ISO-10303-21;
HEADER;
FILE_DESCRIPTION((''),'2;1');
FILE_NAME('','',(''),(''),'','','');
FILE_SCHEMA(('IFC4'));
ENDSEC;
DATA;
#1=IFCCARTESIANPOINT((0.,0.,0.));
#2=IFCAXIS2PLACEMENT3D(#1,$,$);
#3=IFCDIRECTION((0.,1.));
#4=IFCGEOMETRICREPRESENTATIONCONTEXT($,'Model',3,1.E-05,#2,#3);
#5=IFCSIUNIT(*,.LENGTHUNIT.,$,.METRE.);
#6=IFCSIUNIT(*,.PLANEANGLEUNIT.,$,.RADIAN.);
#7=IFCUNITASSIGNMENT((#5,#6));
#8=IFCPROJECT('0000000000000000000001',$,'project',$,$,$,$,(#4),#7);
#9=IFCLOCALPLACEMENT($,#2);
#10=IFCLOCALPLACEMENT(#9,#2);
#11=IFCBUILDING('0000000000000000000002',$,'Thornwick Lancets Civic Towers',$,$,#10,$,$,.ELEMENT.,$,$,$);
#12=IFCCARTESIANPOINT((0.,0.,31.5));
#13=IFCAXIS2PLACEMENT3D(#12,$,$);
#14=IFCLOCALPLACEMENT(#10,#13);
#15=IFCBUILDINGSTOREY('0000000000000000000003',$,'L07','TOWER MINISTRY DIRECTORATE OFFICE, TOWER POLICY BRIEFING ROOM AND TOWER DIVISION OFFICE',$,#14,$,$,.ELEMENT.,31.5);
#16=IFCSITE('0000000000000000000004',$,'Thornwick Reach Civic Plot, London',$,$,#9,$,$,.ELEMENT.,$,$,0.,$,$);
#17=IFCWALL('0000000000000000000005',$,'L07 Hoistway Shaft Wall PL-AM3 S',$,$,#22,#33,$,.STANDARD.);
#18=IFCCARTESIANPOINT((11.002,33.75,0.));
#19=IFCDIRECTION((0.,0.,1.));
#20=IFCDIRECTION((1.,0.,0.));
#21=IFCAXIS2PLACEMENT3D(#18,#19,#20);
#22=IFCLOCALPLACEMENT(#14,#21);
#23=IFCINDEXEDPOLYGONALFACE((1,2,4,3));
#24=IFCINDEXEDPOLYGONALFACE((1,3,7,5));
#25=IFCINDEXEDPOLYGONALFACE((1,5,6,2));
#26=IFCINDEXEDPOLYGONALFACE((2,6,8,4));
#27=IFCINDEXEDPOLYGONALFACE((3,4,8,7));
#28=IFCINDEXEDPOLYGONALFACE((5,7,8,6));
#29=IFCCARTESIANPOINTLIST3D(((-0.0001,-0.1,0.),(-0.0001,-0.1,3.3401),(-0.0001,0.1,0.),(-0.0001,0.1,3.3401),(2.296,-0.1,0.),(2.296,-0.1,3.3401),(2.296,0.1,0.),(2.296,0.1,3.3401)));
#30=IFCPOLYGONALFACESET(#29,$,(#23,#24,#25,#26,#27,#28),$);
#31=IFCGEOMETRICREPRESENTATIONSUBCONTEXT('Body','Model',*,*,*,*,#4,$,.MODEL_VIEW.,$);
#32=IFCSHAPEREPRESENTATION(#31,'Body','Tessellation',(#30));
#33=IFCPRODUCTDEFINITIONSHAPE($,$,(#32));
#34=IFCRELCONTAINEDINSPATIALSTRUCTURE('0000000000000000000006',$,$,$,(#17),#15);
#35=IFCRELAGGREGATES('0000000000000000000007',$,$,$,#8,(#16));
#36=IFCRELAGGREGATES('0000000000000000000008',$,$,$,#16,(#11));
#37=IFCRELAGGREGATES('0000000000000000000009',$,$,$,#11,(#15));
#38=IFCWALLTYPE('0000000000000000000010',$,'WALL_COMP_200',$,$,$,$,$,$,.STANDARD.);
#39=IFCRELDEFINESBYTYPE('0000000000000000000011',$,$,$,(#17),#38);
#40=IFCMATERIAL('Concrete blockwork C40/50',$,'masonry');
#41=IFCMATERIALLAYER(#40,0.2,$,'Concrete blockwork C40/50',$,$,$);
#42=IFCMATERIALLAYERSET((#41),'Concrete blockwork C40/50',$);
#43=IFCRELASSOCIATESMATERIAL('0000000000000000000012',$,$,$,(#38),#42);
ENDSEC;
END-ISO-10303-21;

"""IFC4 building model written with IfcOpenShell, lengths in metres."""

from ifc_helpers import new_model, si_unit, direction, frame, frame_2d, origin, place, context, subcontext, project, spatial, rectangle, extrude, material, layer, layer_set, type_object, element, save


model = new_model("IFC4")

# Units and contexts
model_context = context("Model", 3, precision=1e-05, world=origin(), true_north=direction((0.0, 1.0)))
body_context = subcontext(model_context, "Body", "Model", "MODEL_VIEW")
ifc_project = project(units=[si_unit("LENGTHUNIT", "METRE"), si_unit("PLANEANGLEUNIT", "RADIAN")], contexts=[model_context])

# Site, building, storey
site_placement = place(None, origin())
site = spatial("IfcSite", under=ifc_project, at=site_placement, Name="Thornwick Reach Civic Plot, London", CompositionType="ELEMENT", RefElevation=0.0)
building_placement = place(site_placement, origin())
building = spatial("IfcBuilding", under=site, at=building_placement, Name="Thornwick Lancets Civic Towers", CompositionType="ELEMENT")
storey_placement = place(building_placement, frame((0.0, 0.0, 31.5)))
storey = spatial("IfcBuildingStorey", under=building, at=storey_placement, Name="L07", Description="TOWER MINISTRY DIRECTORATE OFFICE, TOWER POLICY BRIEFING ROOM AND TOWER DIVISION OFFICE", CompositionType="ELEMENT", Elevation=31.5)

# Wall
ifc_material_1 = material(Name="Concrete blockwork C40/50", Category="masonry")
ifc_layer_1 = layer(ifc_material_1, 0.2, Name="Concrete blockwork C40/50")
ifc_layer_set_1 = layer_set([ifc_layer_1], Name="Concrete blockwork C40/50")
wall_type_1 = type_object("IfcWallType", Name="WALL_COMP_200", PredefinedType="STANDARD", material=ifc_layer_set_1)
wall_1_placement = place(storey_placement, frame((11.002, 33.75, 0.0), z_axis=(0.0, 0.0, 1.0), x_axis=(1.0, 0.0, 0.0)))
element("IfcWall", 1, at=wall_1_placement, inside=storey, type_object=wall_type_1, Name="L07 Hoistway Shaft Wall PL-AM3 S", PredefinedType="STANDARD", context=body_context, shape_type="SweptSolid", body=[
    extrude(rectangle(XDim=2.2961, YDim=0.2, at=frame_2d((1.1479, 0.0))), origin(), (0.0, 0.0, 1.0), 3.3401),
])

save(model, "model.ifc")
